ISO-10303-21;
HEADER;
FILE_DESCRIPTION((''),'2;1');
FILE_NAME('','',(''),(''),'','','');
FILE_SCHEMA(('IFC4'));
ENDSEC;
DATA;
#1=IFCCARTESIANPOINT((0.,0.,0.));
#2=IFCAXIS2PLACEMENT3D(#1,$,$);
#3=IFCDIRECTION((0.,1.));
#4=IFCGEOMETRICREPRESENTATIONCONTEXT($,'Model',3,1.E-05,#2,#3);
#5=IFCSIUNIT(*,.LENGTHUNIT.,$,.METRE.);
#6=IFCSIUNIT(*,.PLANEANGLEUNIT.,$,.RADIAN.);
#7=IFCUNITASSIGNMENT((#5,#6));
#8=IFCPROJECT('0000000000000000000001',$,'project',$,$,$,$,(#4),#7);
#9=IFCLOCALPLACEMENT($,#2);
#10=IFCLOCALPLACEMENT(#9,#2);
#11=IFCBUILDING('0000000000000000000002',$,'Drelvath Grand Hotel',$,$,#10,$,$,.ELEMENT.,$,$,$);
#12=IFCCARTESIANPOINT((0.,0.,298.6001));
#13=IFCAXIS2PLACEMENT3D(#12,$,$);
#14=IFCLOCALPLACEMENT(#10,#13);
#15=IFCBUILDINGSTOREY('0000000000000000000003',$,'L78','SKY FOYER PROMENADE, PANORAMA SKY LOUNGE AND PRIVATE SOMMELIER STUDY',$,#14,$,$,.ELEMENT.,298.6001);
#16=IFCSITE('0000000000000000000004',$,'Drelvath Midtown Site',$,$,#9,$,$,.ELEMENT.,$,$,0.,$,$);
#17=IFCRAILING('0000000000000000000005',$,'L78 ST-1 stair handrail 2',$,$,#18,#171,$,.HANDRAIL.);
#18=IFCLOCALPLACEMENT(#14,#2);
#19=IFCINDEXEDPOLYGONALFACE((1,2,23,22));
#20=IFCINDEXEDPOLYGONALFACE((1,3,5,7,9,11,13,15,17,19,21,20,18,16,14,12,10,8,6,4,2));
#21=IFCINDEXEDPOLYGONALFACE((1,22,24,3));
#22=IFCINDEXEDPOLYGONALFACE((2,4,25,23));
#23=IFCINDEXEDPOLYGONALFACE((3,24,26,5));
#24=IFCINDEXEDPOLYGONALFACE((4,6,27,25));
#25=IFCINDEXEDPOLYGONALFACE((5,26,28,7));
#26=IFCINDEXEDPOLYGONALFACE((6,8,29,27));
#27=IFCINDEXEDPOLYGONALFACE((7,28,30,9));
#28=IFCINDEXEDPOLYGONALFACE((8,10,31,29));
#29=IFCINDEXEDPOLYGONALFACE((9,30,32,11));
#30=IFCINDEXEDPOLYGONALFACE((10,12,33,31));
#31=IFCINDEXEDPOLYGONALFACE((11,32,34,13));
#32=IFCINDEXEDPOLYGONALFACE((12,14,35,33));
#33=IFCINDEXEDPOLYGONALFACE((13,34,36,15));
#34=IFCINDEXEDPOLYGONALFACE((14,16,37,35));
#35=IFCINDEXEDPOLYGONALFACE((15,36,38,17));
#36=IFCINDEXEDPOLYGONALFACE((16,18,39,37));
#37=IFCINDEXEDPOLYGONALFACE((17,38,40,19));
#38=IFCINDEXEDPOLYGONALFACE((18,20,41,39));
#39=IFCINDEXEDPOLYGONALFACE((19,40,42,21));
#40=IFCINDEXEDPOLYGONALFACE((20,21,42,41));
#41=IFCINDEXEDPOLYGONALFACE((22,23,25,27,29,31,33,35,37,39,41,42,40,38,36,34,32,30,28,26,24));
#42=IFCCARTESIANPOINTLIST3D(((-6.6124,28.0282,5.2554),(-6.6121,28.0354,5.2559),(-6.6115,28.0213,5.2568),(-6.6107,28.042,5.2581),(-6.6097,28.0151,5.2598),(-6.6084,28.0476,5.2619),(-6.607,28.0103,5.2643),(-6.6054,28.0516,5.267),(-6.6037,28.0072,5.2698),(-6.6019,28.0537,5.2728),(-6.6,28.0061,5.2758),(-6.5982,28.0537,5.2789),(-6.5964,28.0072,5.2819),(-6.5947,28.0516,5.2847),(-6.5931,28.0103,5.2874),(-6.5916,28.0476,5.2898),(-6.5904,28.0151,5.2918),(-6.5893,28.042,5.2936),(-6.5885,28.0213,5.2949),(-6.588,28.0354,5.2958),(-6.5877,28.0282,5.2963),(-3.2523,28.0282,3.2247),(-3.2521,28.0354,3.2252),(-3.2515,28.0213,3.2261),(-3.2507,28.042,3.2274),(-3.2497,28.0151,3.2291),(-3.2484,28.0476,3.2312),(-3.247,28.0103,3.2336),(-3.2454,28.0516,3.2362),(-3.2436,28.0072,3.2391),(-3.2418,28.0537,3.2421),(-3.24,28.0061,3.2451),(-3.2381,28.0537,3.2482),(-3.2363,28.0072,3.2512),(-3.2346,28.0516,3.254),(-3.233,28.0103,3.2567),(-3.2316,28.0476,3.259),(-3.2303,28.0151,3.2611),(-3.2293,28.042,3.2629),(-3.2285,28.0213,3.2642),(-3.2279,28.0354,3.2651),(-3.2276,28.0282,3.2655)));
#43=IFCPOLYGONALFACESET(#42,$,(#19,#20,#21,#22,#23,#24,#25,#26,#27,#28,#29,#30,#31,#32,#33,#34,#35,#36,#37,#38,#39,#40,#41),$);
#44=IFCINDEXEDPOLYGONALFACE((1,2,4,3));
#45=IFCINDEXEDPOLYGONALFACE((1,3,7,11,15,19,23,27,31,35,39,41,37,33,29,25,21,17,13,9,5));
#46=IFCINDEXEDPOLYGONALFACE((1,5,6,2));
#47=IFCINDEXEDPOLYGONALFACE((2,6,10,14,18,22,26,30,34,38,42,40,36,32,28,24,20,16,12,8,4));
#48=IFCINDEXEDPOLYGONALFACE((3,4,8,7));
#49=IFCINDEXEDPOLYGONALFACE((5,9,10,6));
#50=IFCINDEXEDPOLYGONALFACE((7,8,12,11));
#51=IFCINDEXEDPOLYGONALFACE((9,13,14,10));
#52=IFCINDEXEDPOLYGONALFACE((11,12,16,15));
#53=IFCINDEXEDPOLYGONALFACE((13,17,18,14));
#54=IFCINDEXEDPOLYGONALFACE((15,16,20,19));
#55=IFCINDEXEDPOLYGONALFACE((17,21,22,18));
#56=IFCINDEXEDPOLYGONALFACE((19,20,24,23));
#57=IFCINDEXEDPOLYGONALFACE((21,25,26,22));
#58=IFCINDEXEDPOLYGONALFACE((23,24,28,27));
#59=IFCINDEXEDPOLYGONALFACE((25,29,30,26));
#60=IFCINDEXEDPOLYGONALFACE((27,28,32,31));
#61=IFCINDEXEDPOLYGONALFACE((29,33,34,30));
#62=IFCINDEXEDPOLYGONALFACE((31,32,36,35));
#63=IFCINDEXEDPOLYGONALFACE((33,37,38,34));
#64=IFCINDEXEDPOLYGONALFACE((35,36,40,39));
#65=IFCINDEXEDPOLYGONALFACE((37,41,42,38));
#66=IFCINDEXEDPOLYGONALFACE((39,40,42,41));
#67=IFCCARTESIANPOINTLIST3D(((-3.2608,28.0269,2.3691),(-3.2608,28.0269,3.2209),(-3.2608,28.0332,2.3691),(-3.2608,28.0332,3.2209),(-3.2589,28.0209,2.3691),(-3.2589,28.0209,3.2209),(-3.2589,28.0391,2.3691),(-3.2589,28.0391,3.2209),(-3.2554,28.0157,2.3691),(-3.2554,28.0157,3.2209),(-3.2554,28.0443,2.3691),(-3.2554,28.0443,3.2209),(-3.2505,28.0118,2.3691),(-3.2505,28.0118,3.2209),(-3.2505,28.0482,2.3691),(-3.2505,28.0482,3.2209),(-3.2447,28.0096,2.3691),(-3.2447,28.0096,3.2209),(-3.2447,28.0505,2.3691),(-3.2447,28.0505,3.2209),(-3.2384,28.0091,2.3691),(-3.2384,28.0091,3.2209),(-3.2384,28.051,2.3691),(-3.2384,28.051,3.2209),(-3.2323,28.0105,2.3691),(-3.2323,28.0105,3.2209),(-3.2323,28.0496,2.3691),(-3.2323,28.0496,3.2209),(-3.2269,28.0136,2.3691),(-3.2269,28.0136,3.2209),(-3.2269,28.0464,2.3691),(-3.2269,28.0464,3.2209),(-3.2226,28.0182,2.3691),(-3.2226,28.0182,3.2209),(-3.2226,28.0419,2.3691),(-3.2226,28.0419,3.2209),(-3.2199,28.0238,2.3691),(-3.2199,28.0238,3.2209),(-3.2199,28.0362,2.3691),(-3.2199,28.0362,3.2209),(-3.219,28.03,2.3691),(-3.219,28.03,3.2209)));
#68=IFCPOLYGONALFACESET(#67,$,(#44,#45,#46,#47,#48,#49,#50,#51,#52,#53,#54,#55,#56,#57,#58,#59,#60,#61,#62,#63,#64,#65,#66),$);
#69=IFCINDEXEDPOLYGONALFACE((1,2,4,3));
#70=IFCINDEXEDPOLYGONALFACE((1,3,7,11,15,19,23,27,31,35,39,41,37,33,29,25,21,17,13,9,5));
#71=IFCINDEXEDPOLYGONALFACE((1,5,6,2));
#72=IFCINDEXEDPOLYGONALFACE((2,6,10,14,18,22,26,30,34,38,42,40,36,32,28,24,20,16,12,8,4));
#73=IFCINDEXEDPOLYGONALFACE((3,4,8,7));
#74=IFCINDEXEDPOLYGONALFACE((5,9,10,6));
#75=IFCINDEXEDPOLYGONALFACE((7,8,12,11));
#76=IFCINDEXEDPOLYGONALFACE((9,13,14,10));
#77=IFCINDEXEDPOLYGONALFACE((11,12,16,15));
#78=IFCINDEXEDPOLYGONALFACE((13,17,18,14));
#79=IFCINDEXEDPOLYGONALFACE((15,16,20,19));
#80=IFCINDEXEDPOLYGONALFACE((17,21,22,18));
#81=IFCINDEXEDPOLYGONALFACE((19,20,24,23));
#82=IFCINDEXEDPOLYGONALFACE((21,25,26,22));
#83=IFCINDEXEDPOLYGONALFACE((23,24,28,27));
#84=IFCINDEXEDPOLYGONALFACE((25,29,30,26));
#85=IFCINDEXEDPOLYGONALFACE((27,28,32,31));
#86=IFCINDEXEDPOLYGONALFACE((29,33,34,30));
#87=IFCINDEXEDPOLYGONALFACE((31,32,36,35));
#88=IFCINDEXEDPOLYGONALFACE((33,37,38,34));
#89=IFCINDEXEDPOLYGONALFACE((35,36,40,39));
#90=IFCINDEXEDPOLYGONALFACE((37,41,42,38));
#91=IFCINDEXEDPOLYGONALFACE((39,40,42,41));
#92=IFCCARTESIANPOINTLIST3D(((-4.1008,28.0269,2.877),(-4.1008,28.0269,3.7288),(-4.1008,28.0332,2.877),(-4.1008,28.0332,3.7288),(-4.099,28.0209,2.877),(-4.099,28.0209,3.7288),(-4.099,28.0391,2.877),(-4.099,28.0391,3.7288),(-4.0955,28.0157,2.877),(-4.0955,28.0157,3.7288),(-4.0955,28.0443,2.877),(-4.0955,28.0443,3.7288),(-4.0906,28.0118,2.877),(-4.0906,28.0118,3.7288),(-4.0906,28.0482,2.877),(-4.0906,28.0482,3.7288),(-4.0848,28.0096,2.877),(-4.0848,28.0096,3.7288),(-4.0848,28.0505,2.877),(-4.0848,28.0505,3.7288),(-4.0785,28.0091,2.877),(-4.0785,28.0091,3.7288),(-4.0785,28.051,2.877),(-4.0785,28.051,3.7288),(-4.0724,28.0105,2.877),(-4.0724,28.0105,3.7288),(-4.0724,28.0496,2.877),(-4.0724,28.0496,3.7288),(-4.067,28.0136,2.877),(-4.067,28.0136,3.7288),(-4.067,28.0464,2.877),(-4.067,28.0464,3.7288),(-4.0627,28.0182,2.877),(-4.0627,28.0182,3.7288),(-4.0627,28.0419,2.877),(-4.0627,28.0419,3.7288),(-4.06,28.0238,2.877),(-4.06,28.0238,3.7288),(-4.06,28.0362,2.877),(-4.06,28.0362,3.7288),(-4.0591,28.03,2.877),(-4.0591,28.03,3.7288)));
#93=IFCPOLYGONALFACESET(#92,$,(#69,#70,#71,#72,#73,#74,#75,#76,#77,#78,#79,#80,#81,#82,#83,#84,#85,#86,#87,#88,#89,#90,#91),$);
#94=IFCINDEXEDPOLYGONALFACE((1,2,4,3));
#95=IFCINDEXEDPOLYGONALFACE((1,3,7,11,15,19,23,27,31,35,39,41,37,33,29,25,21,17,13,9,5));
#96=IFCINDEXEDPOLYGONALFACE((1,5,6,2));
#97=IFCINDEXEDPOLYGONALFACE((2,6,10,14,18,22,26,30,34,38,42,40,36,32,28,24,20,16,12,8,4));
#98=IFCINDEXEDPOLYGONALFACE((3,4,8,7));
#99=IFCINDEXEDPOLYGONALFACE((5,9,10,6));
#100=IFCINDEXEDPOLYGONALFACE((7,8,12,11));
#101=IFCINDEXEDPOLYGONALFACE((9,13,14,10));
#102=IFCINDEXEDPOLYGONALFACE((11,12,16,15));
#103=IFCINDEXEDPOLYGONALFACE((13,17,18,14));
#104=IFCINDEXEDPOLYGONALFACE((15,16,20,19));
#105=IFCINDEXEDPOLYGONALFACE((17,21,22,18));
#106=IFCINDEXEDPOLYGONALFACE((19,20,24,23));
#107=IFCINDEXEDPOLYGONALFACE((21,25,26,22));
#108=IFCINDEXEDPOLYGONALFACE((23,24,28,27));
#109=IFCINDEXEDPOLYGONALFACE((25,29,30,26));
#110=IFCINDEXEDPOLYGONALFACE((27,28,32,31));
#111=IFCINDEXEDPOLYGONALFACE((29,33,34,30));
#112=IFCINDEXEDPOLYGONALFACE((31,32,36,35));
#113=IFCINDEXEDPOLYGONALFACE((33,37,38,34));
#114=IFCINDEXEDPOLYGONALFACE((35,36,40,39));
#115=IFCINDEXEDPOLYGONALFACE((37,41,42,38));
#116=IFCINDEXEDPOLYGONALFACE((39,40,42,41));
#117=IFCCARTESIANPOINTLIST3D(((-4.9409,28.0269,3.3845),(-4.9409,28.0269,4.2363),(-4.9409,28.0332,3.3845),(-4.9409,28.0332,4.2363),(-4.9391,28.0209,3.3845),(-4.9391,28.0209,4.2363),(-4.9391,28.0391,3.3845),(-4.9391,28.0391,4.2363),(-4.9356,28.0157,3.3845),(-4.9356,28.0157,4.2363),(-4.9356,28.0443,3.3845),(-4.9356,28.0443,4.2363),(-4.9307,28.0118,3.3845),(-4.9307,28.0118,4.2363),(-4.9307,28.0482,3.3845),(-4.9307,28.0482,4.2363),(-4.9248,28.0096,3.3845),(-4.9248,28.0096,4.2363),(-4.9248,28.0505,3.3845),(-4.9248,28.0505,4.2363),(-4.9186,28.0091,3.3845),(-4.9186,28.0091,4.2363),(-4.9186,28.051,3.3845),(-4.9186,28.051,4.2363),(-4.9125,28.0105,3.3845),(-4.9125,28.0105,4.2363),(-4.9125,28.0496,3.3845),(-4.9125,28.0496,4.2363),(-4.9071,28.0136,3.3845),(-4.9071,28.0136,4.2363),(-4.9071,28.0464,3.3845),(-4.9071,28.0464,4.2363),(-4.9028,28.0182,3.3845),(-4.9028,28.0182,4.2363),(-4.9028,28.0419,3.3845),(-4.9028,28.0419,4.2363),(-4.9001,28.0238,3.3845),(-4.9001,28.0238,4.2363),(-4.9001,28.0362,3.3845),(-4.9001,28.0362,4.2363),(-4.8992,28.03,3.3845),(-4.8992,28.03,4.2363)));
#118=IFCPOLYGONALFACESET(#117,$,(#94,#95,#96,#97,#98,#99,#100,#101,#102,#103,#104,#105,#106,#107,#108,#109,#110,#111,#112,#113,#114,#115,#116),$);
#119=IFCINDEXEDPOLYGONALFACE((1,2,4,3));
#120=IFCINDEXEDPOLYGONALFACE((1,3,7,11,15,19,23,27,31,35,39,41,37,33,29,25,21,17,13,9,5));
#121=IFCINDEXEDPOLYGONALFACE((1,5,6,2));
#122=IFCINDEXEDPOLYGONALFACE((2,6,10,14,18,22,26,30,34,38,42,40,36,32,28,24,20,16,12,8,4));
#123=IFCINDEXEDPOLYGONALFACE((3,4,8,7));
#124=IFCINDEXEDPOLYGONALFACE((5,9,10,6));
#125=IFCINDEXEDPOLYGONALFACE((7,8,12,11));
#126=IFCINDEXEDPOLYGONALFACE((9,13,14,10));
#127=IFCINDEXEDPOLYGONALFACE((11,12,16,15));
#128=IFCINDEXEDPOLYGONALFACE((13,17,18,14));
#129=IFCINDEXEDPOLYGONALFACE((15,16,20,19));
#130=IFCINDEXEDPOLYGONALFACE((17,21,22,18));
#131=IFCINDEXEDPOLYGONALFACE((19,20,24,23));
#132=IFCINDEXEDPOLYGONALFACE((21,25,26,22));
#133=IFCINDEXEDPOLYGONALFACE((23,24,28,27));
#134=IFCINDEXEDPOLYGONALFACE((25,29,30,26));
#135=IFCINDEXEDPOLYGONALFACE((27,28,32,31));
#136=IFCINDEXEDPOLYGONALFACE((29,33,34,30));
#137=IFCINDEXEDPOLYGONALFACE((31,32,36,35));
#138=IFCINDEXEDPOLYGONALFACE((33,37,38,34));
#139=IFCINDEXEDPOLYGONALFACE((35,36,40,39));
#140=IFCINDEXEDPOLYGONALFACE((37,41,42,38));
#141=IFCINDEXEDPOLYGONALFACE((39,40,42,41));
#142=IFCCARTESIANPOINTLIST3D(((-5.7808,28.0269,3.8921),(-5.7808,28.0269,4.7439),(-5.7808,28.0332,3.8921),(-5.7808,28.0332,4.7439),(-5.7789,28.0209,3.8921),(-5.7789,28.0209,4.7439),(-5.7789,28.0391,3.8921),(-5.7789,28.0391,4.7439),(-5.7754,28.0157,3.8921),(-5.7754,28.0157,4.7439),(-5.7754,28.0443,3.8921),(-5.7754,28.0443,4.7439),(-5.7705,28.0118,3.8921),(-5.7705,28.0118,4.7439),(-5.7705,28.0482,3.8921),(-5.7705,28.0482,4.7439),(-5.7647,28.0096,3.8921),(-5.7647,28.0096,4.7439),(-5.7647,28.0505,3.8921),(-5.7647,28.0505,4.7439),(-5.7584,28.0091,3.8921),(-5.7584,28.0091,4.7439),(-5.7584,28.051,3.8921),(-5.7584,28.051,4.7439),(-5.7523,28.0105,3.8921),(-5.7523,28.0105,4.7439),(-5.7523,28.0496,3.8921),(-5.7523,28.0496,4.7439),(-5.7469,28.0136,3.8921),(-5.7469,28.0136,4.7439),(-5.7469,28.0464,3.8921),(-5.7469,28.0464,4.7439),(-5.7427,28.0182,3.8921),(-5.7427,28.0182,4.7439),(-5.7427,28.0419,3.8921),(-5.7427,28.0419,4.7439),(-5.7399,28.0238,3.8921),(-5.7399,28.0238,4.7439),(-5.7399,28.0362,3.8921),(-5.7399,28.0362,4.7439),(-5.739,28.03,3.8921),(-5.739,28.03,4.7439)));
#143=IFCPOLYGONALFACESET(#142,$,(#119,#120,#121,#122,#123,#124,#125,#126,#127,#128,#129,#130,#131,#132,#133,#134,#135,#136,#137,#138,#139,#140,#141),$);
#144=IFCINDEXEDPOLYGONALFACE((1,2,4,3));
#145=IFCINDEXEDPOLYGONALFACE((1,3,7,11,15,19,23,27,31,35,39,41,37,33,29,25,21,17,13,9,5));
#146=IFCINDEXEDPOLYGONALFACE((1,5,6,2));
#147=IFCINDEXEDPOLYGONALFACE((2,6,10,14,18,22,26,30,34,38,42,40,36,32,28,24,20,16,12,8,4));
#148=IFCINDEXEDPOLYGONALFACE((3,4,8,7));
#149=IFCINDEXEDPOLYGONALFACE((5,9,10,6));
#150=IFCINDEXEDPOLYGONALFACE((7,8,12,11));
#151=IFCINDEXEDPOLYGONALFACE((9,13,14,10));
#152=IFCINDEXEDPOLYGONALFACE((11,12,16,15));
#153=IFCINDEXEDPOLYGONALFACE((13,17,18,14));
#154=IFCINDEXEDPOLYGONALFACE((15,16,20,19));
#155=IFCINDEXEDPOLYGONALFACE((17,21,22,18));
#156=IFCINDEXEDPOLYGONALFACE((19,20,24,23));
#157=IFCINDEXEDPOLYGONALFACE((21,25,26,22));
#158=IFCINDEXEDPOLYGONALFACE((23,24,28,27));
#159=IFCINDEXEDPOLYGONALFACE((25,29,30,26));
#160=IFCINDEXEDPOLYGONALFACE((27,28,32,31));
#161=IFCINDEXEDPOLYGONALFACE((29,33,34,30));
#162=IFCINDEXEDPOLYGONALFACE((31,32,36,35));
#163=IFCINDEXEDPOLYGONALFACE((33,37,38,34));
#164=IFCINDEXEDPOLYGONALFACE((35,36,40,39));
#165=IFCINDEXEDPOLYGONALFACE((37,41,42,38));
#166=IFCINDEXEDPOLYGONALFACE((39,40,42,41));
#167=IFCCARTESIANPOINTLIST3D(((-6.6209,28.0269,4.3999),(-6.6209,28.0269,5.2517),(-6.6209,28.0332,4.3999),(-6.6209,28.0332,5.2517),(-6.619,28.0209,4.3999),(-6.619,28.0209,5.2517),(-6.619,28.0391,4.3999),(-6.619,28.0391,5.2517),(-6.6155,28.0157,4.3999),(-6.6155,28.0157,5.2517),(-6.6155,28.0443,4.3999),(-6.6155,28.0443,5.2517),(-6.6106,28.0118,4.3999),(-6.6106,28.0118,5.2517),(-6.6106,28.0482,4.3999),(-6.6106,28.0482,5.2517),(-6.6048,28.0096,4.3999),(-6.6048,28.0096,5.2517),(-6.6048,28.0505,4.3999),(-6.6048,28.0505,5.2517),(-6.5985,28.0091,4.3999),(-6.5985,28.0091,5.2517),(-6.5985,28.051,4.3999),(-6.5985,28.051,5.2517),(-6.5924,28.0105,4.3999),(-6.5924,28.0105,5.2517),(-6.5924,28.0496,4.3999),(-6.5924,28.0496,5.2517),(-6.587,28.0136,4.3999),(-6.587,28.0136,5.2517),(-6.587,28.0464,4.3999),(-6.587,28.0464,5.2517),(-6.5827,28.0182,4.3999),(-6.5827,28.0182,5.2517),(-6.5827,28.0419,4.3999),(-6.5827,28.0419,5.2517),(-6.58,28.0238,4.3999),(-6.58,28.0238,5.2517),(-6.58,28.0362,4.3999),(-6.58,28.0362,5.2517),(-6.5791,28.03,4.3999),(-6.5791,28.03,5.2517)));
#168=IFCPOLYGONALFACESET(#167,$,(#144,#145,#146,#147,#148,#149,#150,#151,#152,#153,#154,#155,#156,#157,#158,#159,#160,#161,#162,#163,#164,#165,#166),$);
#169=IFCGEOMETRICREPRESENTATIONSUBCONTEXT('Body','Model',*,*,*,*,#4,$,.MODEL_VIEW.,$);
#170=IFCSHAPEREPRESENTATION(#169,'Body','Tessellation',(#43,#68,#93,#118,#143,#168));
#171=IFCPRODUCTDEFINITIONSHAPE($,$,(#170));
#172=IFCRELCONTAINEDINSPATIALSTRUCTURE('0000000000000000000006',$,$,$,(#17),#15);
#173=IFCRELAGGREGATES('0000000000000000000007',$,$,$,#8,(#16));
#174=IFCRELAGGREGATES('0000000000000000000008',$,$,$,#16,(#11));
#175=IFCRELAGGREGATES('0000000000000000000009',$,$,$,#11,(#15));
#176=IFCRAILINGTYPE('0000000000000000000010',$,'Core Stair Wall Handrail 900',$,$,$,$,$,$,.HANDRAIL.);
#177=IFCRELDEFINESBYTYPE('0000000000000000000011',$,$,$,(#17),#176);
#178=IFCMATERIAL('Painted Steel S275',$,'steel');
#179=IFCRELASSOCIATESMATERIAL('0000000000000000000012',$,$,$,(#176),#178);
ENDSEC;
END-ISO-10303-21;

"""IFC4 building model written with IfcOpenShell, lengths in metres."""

from ifc_helpers import new_model, si_unit, direction, frame, origin, origin_2d, place, context, subcontext, project, spatial, circle, extrude, material, type_object, element, save


model = new_model("IFC4")

# Units and contexts
model_context = context("Model", 3, precision=1e-05, world=origin(), true_north=direction((0.0, 1.0)))
body_context = subcontext(model_context, "Body", "Model", "MODEL_VIEW")
ifc_project = project(units=[si_unit("LENGTHUNIT", "METRE"), si_unit("PLANEANGLEUNIT", "RADIAN")], contexts=[model_context])

# Site, building, storey
site_placement = place(None, origin())
site = spatial("IfcSite", under=ifc_project, at=site_placement, Name="Drelvath Midtown Site", CompositionType="ELEMENT", RefElevation=0.0)
building_placement = place(site_placement, origin())
building = spatial("IfcBuilding", under=site, at=building_placement, Name="Drelvath Grand Hotel", CompositionType="ELEMENT")
storey_placement = place(building_placement, frame((0.0, 0.0, 298.6001)))
storey = spatial("IfcBuildingStorey", under=building, at=storey_placement, Name="L78", Description="SKY FOYER PROMENADE, PANORAMA SKY LOUNGE AND PRIVATE SOMMELIER STUDY", CompositionType="ELEMENT", Elevation=298.6001)

# Shared definitions
ifc_material_1 = material(Name="Painted Steel S275", Category="steel")

# Railing
railing_type = type_object("IfcRailingType", Name="Core Stair Wall Handrail 900", PredefinedType="HANDRAIL", material=ifc_material_1)
railing_placement = place(storey_placement, frame((-3.24, 28.03, 2.3691)))
element("IfcRailing", 1, at=railing_placement, inside=storey, type_object=railing_type, Name="L78 ST-1 stair handrail 2", PredefinedType="HANDRAIL", context=body_context, shape_type="SweptSolid", body=[
    extrude(circle(Radius=0.0239, at=origin_2d()), frame((0.0, 0.0, 0.876), z_axis=(-0.855837, 0.0, 0.517246), x_axis=(0.0, -1.0, 0.0)), (0.0, 0.0, 1.0), 3.926),
    extrude(circle(Radius=0.021, at=origin_2d()), origin(), (0.0, 0.0, 1.0), 0.8518),
    extrude(circle(Radius=0.021, at=origin_2d()), frame((-0.8401, 0.0, 0.5078)), (0.0, 0.0, 1.0), 0.8518),
    extrude(circle(Radius=0.021, at=origin_2d()), frame((-1.6802, 0.0, 1.0154)), (0.0, 0.0, 1.0), 0.8518),
    extrude(circle(Radius=0.021, at=origin_2d()), frame((-2.52, 0.0, 1.5229)), (0.0, 0.0, 1.0), 0.8518),
    extrude(circle(Radius=0.021, at=origin_2d()), frame((-3.3601, 0.0, 2.0308)), (0.0, 0.0, 1.0), 0.8518),
])

save(model, "model.ifc")
